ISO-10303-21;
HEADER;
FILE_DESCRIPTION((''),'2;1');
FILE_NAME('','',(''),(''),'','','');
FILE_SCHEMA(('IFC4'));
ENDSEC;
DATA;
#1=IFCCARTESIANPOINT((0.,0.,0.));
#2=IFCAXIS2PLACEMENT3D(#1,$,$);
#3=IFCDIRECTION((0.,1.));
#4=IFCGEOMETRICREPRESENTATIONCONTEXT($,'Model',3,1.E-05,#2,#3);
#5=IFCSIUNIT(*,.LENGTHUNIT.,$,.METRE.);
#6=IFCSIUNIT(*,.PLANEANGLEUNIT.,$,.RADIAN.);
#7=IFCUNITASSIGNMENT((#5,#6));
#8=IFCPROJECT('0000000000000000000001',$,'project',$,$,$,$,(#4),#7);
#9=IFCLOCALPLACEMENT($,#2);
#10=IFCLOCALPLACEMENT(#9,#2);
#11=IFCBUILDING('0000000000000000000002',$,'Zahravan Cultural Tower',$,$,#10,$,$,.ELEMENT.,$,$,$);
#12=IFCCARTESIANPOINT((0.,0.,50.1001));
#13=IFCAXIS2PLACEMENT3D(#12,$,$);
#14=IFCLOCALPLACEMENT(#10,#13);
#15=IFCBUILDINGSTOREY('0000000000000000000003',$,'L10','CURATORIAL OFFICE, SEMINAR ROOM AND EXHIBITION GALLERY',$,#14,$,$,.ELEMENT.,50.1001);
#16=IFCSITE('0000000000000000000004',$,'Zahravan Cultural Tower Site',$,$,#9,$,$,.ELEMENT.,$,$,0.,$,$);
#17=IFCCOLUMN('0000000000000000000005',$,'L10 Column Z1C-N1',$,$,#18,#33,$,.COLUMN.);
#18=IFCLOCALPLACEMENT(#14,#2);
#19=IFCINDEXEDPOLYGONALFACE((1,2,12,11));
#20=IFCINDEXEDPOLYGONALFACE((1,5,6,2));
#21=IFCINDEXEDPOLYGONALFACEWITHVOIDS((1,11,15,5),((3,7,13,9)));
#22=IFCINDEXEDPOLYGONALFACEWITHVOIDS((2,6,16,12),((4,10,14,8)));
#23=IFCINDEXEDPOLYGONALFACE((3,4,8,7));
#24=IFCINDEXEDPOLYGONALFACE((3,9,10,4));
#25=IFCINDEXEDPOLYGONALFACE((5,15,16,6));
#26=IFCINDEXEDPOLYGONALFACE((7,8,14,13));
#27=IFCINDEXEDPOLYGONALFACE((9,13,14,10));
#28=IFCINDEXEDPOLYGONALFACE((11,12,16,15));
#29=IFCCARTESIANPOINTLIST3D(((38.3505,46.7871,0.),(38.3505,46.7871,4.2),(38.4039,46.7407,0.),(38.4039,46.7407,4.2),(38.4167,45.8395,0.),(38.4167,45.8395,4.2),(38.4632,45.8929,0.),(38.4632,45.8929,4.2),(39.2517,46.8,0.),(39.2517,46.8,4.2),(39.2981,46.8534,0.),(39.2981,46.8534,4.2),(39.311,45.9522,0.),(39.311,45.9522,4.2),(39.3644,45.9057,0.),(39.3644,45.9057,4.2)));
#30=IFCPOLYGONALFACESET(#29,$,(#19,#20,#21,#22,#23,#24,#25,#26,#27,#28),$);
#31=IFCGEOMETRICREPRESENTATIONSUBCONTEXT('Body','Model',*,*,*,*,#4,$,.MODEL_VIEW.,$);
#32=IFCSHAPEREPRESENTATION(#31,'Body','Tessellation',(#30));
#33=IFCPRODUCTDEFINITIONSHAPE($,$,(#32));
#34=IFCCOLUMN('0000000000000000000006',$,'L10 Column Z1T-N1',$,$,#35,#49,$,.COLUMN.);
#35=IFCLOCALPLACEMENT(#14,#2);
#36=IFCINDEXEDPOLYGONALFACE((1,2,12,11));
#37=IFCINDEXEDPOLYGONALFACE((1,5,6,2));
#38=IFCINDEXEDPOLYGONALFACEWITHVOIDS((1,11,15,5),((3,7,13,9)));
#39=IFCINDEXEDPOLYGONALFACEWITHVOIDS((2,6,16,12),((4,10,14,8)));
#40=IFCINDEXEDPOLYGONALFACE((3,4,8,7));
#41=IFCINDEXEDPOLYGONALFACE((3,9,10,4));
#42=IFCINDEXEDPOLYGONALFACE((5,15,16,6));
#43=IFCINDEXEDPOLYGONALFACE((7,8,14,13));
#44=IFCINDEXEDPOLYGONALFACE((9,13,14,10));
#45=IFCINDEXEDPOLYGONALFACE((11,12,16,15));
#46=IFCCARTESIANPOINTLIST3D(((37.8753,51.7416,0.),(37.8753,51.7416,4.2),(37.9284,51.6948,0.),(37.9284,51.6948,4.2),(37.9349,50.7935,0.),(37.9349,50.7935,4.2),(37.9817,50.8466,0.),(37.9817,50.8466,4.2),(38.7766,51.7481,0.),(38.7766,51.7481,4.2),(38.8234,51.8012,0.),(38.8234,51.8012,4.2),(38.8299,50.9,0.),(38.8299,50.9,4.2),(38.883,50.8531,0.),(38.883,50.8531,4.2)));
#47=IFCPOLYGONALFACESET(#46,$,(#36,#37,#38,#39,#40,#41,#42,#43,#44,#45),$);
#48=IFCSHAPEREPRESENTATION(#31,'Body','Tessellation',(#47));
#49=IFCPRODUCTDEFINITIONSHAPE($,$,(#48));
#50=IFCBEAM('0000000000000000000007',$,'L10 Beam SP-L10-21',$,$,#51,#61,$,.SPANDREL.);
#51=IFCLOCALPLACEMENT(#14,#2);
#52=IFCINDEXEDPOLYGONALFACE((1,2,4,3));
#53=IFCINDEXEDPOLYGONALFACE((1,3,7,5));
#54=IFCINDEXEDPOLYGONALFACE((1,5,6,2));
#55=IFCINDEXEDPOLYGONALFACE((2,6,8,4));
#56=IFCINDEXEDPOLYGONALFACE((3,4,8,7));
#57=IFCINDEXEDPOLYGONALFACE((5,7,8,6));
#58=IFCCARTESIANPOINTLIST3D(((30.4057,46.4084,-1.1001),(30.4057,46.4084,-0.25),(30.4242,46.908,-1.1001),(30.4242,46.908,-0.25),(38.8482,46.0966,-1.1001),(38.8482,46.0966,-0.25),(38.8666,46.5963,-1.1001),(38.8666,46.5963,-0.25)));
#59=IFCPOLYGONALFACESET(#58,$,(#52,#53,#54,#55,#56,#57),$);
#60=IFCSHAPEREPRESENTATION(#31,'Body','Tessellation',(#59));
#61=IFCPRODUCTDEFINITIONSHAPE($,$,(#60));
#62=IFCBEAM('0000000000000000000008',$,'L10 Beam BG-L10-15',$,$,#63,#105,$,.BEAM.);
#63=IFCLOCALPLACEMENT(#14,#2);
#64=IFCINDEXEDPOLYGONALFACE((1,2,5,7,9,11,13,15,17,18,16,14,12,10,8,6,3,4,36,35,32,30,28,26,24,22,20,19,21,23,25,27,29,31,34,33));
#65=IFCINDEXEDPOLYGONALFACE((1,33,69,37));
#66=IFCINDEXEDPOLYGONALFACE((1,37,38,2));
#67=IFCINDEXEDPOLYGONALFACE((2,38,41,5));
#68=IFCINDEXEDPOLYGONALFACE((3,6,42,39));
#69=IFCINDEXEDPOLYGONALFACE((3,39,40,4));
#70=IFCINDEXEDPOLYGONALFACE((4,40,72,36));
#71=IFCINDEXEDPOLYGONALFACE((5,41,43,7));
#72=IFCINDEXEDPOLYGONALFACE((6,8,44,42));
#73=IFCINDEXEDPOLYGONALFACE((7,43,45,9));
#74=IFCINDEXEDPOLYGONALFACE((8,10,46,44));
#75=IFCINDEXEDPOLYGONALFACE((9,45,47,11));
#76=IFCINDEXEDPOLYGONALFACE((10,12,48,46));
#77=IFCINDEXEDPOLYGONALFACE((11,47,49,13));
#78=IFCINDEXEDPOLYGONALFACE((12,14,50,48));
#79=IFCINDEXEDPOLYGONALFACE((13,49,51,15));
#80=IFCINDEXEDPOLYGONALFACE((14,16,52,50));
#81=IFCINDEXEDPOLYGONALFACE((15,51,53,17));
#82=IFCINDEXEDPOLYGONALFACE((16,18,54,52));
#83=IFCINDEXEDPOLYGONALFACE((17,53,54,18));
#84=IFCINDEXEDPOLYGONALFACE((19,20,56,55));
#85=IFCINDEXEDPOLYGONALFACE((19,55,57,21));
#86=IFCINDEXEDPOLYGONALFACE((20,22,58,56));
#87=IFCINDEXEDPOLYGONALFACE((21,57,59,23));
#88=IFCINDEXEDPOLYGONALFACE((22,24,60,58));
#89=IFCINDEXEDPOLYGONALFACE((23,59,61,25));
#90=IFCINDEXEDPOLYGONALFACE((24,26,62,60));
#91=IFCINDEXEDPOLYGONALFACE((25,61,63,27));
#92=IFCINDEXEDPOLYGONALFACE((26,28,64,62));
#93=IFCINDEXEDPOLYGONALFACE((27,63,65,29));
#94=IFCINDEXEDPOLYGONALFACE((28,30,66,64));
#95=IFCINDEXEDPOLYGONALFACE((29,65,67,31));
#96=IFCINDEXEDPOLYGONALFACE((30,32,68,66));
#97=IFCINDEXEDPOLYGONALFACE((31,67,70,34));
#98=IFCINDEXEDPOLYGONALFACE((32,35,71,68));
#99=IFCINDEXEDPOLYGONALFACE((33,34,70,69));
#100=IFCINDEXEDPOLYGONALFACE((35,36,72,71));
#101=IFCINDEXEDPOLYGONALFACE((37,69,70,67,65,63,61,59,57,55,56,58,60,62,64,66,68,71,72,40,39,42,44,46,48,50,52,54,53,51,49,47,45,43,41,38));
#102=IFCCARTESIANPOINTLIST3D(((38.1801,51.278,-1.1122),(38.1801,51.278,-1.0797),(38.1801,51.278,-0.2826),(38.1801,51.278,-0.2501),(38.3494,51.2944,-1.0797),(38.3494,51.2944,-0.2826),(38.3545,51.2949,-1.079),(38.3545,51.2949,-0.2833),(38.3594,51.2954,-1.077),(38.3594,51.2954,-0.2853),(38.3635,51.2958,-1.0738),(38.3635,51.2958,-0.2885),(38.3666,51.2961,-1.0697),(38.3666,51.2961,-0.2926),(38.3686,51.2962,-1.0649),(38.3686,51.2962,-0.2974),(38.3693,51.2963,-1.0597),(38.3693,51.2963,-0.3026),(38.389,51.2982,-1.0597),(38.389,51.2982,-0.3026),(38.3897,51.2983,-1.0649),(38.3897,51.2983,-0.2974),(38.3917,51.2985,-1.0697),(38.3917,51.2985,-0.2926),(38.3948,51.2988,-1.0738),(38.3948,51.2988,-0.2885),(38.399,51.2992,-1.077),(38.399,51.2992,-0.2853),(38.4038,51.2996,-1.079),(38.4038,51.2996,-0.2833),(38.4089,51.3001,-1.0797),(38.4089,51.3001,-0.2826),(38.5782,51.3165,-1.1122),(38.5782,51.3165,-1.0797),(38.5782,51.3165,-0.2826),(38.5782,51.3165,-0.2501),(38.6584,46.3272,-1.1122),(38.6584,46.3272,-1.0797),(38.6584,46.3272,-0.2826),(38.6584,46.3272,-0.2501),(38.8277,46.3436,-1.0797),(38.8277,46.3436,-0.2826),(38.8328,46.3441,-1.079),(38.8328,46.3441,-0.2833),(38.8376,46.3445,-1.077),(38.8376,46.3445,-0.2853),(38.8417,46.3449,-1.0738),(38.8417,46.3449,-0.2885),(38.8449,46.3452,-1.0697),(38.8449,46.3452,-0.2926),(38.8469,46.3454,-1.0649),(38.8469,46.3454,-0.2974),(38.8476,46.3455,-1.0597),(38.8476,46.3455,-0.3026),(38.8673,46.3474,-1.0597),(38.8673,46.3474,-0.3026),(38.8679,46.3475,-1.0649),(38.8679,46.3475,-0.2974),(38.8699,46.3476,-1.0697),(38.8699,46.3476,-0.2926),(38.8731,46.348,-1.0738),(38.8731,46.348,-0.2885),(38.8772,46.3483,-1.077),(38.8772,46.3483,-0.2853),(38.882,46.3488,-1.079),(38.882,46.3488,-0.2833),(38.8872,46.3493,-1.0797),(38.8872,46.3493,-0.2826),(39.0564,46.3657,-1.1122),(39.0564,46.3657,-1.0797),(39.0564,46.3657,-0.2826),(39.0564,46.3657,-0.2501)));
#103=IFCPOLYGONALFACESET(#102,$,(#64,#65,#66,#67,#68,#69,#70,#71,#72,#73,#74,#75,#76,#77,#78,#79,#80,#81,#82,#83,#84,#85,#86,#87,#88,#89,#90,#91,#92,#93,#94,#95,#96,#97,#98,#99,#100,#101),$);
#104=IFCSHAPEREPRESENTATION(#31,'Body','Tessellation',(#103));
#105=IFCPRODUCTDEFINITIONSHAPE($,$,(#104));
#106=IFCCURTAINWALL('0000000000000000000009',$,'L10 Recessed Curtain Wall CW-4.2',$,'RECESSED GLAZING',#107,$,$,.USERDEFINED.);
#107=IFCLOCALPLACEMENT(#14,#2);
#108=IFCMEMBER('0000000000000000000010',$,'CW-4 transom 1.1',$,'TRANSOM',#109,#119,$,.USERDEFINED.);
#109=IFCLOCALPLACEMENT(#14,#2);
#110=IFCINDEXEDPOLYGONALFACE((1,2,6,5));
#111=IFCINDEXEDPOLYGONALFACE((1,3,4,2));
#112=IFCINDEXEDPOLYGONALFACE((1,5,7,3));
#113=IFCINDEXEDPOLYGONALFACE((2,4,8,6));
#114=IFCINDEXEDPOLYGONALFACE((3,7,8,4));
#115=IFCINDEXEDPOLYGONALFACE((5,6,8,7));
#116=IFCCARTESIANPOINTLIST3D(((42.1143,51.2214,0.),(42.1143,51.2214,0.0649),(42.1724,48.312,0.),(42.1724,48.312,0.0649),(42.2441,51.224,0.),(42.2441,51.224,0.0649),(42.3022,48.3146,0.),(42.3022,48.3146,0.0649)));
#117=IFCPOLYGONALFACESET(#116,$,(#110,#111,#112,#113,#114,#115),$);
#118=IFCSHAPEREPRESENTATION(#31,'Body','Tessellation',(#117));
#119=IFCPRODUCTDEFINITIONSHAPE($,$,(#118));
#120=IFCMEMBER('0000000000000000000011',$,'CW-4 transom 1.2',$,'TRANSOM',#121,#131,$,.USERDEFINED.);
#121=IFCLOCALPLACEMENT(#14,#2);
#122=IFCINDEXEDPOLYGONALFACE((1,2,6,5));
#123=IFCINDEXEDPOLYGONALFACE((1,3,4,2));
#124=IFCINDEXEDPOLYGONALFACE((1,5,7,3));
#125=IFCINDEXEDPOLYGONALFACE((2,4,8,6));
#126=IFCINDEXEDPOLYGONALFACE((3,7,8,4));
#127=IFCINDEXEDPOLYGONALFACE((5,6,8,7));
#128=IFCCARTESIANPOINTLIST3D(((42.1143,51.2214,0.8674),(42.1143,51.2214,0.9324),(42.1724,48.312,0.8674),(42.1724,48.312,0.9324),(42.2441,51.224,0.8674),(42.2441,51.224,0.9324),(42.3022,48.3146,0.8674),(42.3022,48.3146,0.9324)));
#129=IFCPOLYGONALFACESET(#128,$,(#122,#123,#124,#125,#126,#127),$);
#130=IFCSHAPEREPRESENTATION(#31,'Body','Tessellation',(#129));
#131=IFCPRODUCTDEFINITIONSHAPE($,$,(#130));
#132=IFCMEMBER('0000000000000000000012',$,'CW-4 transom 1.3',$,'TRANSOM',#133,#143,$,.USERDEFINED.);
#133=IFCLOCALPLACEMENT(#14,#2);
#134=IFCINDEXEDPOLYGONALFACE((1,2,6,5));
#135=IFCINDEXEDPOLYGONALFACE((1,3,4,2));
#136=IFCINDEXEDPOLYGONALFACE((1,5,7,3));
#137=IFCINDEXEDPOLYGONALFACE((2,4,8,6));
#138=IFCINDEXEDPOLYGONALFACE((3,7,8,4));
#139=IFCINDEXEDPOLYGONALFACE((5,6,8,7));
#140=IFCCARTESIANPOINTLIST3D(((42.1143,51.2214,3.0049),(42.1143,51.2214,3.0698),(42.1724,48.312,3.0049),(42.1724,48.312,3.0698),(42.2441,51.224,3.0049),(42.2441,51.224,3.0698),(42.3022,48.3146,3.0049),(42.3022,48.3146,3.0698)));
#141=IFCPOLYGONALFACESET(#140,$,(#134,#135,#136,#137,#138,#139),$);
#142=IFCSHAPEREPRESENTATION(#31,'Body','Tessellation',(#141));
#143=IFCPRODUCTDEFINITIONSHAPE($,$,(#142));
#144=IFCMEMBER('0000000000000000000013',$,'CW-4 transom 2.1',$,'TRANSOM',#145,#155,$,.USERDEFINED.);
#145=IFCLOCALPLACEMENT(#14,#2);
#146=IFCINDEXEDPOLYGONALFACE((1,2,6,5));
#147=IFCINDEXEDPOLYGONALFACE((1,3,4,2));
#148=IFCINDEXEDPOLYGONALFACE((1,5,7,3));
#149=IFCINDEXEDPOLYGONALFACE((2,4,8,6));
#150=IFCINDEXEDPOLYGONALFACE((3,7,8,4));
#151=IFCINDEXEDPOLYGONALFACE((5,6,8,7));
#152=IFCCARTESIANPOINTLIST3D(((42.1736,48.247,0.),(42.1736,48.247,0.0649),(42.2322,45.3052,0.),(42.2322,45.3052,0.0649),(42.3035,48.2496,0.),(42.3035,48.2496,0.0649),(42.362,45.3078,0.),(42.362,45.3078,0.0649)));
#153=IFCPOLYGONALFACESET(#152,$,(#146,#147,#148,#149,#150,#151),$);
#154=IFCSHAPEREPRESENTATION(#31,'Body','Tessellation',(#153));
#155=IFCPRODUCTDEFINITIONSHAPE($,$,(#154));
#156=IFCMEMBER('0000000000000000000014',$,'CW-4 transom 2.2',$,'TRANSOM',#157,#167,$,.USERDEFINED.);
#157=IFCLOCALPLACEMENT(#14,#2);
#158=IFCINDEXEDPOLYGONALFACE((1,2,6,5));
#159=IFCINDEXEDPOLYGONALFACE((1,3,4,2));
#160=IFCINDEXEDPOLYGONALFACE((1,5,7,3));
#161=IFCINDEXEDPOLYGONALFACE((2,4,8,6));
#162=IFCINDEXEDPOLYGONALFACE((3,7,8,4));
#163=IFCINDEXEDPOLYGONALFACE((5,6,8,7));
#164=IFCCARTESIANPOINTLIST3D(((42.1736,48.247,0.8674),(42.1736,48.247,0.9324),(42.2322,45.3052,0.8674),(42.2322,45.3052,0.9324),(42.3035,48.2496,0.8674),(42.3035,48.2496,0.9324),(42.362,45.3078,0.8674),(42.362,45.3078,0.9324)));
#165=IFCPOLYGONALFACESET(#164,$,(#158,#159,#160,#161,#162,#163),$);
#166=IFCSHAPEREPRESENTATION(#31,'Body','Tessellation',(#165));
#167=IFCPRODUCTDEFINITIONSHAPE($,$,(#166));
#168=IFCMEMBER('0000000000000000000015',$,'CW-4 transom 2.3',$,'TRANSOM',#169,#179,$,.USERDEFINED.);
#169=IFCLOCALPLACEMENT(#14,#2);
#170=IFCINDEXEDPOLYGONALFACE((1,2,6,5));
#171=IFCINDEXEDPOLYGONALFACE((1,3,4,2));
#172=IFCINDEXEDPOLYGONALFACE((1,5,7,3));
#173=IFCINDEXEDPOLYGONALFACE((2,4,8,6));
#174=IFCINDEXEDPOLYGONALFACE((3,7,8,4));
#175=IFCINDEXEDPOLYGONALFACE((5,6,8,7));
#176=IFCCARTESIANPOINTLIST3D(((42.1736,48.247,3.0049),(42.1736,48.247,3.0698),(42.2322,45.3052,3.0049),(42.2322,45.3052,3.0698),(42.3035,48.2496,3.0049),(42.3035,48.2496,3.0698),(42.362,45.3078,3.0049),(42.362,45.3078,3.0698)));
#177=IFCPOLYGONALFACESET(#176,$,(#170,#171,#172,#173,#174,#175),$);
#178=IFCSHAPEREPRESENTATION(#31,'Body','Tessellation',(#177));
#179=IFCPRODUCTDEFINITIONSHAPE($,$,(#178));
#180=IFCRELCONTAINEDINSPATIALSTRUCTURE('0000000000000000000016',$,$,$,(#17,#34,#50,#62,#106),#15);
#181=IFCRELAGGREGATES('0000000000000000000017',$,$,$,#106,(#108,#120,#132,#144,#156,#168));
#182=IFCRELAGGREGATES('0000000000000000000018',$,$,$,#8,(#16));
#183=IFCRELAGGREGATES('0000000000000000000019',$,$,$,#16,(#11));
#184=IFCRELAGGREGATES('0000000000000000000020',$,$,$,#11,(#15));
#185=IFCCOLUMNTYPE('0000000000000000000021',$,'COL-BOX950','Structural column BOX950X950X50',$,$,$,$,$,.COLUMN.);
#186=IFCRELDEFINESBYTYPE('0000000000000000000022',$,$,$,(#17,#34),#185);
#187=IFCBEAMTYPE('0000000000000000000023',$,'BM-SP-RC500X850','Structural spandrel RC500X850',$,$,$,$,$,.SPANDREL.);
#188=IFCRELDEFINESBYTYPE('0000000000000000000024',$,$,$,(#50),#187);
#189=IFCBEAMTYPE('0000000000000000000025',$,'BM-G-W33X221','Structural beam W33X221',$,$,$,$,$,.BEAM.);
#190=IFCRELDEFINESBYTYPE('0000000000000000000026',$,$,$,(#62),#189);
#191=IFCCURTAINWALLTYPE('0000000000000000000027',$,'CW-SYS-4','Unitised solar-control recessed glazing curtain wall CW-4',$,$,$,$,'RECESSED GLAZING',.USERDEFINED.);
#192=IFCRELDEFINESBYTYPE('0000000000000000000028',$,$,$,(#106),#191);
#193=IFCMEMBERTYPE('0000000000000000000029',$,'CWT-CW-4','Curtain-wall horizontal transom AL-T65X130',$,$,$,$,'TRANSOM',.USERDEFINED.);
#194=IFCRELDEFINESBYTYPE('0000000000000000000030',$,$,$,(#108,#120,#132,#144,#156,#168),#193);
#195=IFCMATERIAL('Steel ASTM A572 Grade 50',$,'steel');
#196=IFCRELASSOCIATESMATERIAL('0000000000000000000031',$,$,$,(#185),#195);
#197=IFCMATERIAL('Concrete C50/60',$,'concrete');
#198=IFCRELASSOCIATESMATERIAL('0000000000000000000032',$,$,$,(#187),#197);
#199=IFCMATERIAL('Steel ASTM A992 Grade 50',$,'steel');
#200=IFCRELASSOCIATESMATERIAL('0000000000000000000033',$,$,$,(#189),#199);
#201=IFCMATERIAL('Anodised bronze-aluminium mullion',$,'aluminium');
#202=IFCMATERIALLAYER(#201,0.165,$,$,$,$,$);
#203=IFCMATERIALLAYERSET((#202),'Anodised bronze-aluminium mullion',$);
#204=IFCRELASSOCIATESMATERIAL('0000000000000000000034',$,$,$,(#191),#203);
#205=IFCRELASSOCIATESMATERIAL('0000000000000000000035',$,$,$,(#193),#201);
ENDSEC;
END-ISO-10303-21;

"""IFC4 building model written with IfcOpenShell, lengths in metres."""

from ifc_helpers import new_model, si_unit, direction, frame, origin, origin_2d, place, context, subcontext, project, spatial, rectangle, hollow_rectangle, i_section, extrude, source, transform, mapped, material, layer, layer_set, material_profile, profile_set, type_object, element, aggregate, save


model = new_model("IFC4")

# Units and contexts
model_context = context("Model", 3, precision=1e-05, world=origin(), true_north=direction((0.0, 1.0)))
body_context = subcontext(model_context, "Body", "Model", "MODEL_VIEW")
ifc_project = project(units=[si_unit("LENGTHUNIT", "METRE"), si_unit("PLANEANGLEUNIT", "RADIAN")], contexts=[model_context])

# Site, building, storey
site_placement = place(None, origin())
site = spatial("IfcSite", under=ifc_project, at=site_placement, Name="Zahravan Cultural Tower Site", CompositionType="ELEMENT", RefElevation=0.0)
building_placement = place(site_placement, origin())
building = spatial("IfcBuilding", under=site, at=building_placement, Name="Zahravan Cultural Tower", CompositionType="ELEMENT")
storey_placement = place(building_placement, frame((0.0, 0.0, 50.1001)))
storey = spatial("IfcBuildingStorey", under=building, at=storey_placement, Name="L10", Description="CURATORIAL OFFICE, SEMINAR ROOM AND EXHIBITION GALLERY", CompositionType="ELEMENT", Elevation=50.1001)

# Columns
ifc_material_1 = material(Name="Steel ASTM A572 Grade 50", Category="steel")
ifc_material_profile_1 = material_profile(ifc_material_1, hollow_rectangle(XDim=0.95, YDim=0.95, WallThickness=0.05, at=origin_2d()), Name="BOX950X950X50")
ifc_profile_set_1 = profile_set([ifc_material_profile_1], Name="Steel ASTM A572 Grade 50")
column_type = type_object("IfcColumnType", Name="COL-BOX950", Description="Structural column BOX950X950X50", PredefinedType="COLUMN", material=ifc_profile_set_1)
shared_shape_1 = source(origin(), body_context, "Body", "SweptSolid", [
    extrude(hollow_rectangle(XDim=0.95, YDim=0.95, WallThickness=0.05, at=origin_2d()), origin(), (0.0, 0.0, 1.0), 4.2),
])
for number, where, z_axis, x_axis, name in (
    (1, (38.8574, 46.3464, 0.0), (0.0, 0.0, 1.0), (-0.069756, 0.997564, 0.0), "L10 Column Z1C-N1"),
    (2, (38.3792, 51.2974, 0.0), (0.0, 0.0, 1.0), (-0.062791, 0.998027, 0.0), "L10 Column Z1T-N1"),
):
    element("IfcColumn", number, at=place(storey_placement, frame(where, z_axis=z_axis, x_axis=x_axis)), inside=storey, type_object=column_type, Name=name, PredefinedType="COLUMN", context=body_context, shape_type="MappedRepresentation", body=[
        mapped(shared_shape_1, transform((0.0, 0.0, 0.0), x_axis=(1.0, 0.0, 0.0), y_axis=(0.0, 1.0, 0.0), z_axis=(0.0, 0.0, 1.0), scale=1.0)),
    ])

# Beams
ifc_material_2 = material(Name="Concrete C50/60", Category="concrete")
ifc_material_profile_2 = material_profile(ifc_material_2, rectangle(XDim=0.5, YDim=0.8501, at=origin_2d()), Name="RC500X850")
ifc_profile_set_2 = profile_set([ifc_material_profile_2], Name="Concrete C50/60")
beam_type_1 = type_object("IfcBeamType", Name="BM-SP-RC500X850", Description="Structural spandrel RC500X850", PredefinedType="SPANDREL", material=ifc_profile_set_2)
shared_shape_2 = source(origin(), body_context, "Body", "SweptSolid", [
    extrude(rectangle(XDim=0.5, YDim=0.8501, at=origin_2d()), origin(), (0.0, 0.0, 1.0), 8.4482),
])
beam_1_placement = place(storey_placement, frame((38.8574, 46.3464, -0.675), z_axis=(-0.999319, 0.036904, 0.0), x_axis=(-0.036904, -0.999319, 0.0)))
element("IfcBeam", 3, at=beam_1_placement, inside=storey, type_object=beam_type_1, Name="L10 Beam SP-L10-21", PredefinedType="SPANDREL", context=body_context, shape_type="MappedRepresentation", body=[
    mapped(shared_shape_2, transform((0.0, 0.0, 0.0), x_axis=(1.0, 0.0, 0.0), y_axis=(0.0, 1.0, 0.0), z_axis=(0.0, 0.0, 1.0), scale=1.0)),
])
ifc_material_3 = material(Name="Steel ASTM A992 Grade 50", Category="steel")
ifc_material_profile_3 = material_profile(ifc_material_3, i_section(OverallWidth=0.3999, OverallDepth=0.8621, WebThickness=0.0198, FlangeThickness=0.0325, FilletRadius=0.02, at=origin_2d()), Name="W33X221")
ifc_profile_set_3 = profile_set([ifc_material_profile_3], Name="Steel ASTM A992 Grade 50")
beam_type_2 = type_object("IfcBeamType", Name="BM-G-W33X221", Description="Structural beam W33X221", PredefinedType="BEAM", material=ifc_profile_set_3)
shared_shape_3 = source(origin(), body_context, "Body", "SweptSolid", [
    extrude(i_section(OverallWidth=0.3999, OverallDepth=0.8621, WebThickness=0.0198, FlangeThickness=0.0325, FilletRadius=0.02, at=origin_2d()), origin(), (0.0, 0.0, 1.0), 4.9739),
])
beam_2_placement = place(storey_placement, frame((38.8574, 46.3464, -0.6812), z_axis=(-0.096155, 0.995366, 0.0), x_axis=(-0.995366, -0.096155, 0.0)))
element("IfcBeam", 4, at=beam_2_placement, inside=storey, type_object=beam_type_2, Name="L10 Beam BG-L10-15", PredefinedType="BEAM", context=body_context, shape_type="MappedRepresentation", body=[
    mapped(shared_shape_3, transform((0.0, 0.0, 0.0), x_axis=(1.0, 0.0, 0.0), y_axis=(0.0, 1.0, 0.0), z_axis=(0.0, 0.0, 1.0), scale=1.0)),
])

# Curtain wall, members
ifc_material_4 = material(Name="Anodised bronze-aluminium mullion", Category="aluminium")
ifc_layer_1 = layer(ifc_material_4, 0.165)
ifc_layer_set_1 = layer_set([ifc_layer_1], Name="Anodised bronze-aluminium mullion")
curtain_wall_type = type_object("IfcCurtainWallType", Name="CW-SYS-4", Description="Unitised solar-control recessed glazing curtain wall CW-4", ElementType="RECESSED GLAZING", PredefinedType="USERDEFINED", material=ifc_layer_set_1)
curtain_wall_placement = place(storey_placement, origin())
curtain_wall = element("IfcCurtainWall", 5, at=curtain_wall_placement, inside=storey, type_object=curtain_wall_type, Name="L10 Recessed Curtain Wall CW-4.2", ObjectType="RECESSED GLAZING", PredefinedType="USERDEFINED")
ifc_material_profile_4 = material_profile(ifc_material_4, rectangle(XDim=0.1299, YDim=0.0649, at=origin_2d()), Name="AL-T65X130")
ifc_profile_set_4 = profile_set([ifc_material_profile_4], Name="Anodised bronze-aluminium mullion")
member_type_1 = type_object("IfcMemberType", Name="CWT-CW-4", Description="Curtain-wall horizontal transom AL-T65X130", ElementType="TRANSOM", PredefinedType="USERDEFINED", material=ifc_profile_set_4)
shared_shape_4 = source(origin(), body_context, "Body", "SweptSolid", [
    extrude(rectangle(XDim=0.1299, YDim=0.0649, at=origin_2d()), origin(), (0.0, 0.0, 1.0), 2.9099),
])
member_1_placement = place(storey_placement, frame((42.1792, 51.2227, 0.0325), z_axis=(0.019967, -0.999801, 0.0), x_axis=(0.999801, 0.019967, 0.0)))
member_1 = element("IfcMember", 6, at=member_1_placement, type_object=member_type_1, Name="CW-4 transom 1.1", ObjectType="TRANSOM", PredefinedType="USERDEFINED", context=body_context, shape_type="MappedRepresentation", body=[
    mapped(shared_shape_4, transform((0.0, 0.0, 0.0), x_axis=(1.0, 0.0, 0.0), y_axis=(0.0, 1.0, 0.0), z_axis=(0.0, 0.0, 1.0), scale=1.0)),
])
member_2_placement = place(storey_placement, frame((42.1792, 51.2227, 0.8999), z_axis=(0.019967, -0.999801, 0.0), x_axis=(0.999801, 0.019967, 0.0)))
member_2 = element("IfcMember", 7, at=member_2_placement, type_object=member_type_1, Name="CW-4 transom 1.2", ObjectType="TRANSOM", PredefinedType="USERDEFINED", context=body_context, shape_type="MappedRepresentation", body=[
    mapped(shared_shape_4, transform((0.0, 0.0, 0.0), x_axis=(1.0, 0.0, 0.0), y_axis=(0.0, 1.0, 0.0), z_axis=(0.0, 0.0, 1.0), scale=1.0)),
])
member_3_placement = place(storey_placement, frame((42.1792, 51.2227, 3.0374), z_axis=(0.019967, -0.999801, 0.0), x_axis=(0.999801, 0.019967, 0.0)))
member_3 = element("IfcMember", 8, at=member_3_placement, type_object=member_type_1, Name="CW-4 transom 1.3", ObjectType="TRANSOM", PredefinedType="USERDEFINED", context=body_context, shape_type="MappedRepresentation", body=[
    mapped(shared_shape_4, transform((0.0, 0.0, 0.0), x_axis=(1.0, 0.0, 0.0), y_axis=(0.0, 1.0, 0.0), z_axis=(0.0, 0.0, 1.0), scale=1.0)),
])
shared_shape_5 = source(origin(), body_context, "Body", "SweptSolid", [
    extrude(rectangle(XDim=0.1299, YDim=0.0649, at=origin_2d()), origin(), (0.0, 0.0, 1.0), 2.9424),
])
member_4_placement = place(storey_placement, frame((42.2385, 48.2483, 0.0325), z_axis=(0.019913, -0.999802, 0.0), x_axis=(0.999802, 0.019913, 0.0)))
member_4 = element("IfcMember", 9, at=member_4_placement, type_object=member_type_1, Name="CW-4 transom 2.1", ObjectType="TRANSOM", PredefinedType="USERDEFINED", context=body_context, shape_type="MappedRepresentation", body=[
    mapped(shared_shape_5, transform((0.0, 0.0, 0.0), x_axis=(1.0, 0.0, 0.0), y_axis=(0.0, 1.0, 0.0), z_axis=(0.0, 0.0, 1.0), scale=1.0)),
])
member_5_placement = place(storey_placement, frame((42.2385, 48.2483, 0.8999), z_axis=(0.019913, -0.999802, 0.0), x_axis=(0.999802, 0.019913, 0.0)))
member_5 = element("IfcMember", 10, at=member_5_placement, type_object=member_type_1, Name="CW-4 transom 2.2", ObjectType="TRANSOM", PredefinedType="USERDEFINED", context=body_context, shape_type="MappedRepresentation", body=[
    mapped(shared_shape_5, transform((0.0, 0.0, 0.0), x_axis=(1.0, 0.0, 0.0), y_axis=(0.0, 1.0, 0.0), z_axis=(0.0, 0.0, 1.0), scale=1.0)),
])
member_6_placement = place(storey_placement, frame((42.2385, 48.2483, 3.0374), z_axis=(0.019913, -0.999802, 0.0), x_axis=(0.999802, 0.019913, 0.0)))
member_6 = element("IfcMember", 11, at=member_6_placement, type_object=member_type_1, Name="CW-4 transom 2.3", ObjectType="TRANSOM", PredefinedType="USERDEFINED", context=body_context, shape_type="MappedRepresentation", body=[
    mapped(shared_shape_5, transform((0.0, 0.0, 0.0), x_axis=(1.0, 0.0, 0.0), y_axis=(0.0, 1.0, 0.0), z_axis=(0.0, 0.0, 1.0), scale=1.0)),
])
aggregate(curtain_wall, [member_1, member_2, member_3, member_4, member_5, member_6])

save(model, "model.ifc")
